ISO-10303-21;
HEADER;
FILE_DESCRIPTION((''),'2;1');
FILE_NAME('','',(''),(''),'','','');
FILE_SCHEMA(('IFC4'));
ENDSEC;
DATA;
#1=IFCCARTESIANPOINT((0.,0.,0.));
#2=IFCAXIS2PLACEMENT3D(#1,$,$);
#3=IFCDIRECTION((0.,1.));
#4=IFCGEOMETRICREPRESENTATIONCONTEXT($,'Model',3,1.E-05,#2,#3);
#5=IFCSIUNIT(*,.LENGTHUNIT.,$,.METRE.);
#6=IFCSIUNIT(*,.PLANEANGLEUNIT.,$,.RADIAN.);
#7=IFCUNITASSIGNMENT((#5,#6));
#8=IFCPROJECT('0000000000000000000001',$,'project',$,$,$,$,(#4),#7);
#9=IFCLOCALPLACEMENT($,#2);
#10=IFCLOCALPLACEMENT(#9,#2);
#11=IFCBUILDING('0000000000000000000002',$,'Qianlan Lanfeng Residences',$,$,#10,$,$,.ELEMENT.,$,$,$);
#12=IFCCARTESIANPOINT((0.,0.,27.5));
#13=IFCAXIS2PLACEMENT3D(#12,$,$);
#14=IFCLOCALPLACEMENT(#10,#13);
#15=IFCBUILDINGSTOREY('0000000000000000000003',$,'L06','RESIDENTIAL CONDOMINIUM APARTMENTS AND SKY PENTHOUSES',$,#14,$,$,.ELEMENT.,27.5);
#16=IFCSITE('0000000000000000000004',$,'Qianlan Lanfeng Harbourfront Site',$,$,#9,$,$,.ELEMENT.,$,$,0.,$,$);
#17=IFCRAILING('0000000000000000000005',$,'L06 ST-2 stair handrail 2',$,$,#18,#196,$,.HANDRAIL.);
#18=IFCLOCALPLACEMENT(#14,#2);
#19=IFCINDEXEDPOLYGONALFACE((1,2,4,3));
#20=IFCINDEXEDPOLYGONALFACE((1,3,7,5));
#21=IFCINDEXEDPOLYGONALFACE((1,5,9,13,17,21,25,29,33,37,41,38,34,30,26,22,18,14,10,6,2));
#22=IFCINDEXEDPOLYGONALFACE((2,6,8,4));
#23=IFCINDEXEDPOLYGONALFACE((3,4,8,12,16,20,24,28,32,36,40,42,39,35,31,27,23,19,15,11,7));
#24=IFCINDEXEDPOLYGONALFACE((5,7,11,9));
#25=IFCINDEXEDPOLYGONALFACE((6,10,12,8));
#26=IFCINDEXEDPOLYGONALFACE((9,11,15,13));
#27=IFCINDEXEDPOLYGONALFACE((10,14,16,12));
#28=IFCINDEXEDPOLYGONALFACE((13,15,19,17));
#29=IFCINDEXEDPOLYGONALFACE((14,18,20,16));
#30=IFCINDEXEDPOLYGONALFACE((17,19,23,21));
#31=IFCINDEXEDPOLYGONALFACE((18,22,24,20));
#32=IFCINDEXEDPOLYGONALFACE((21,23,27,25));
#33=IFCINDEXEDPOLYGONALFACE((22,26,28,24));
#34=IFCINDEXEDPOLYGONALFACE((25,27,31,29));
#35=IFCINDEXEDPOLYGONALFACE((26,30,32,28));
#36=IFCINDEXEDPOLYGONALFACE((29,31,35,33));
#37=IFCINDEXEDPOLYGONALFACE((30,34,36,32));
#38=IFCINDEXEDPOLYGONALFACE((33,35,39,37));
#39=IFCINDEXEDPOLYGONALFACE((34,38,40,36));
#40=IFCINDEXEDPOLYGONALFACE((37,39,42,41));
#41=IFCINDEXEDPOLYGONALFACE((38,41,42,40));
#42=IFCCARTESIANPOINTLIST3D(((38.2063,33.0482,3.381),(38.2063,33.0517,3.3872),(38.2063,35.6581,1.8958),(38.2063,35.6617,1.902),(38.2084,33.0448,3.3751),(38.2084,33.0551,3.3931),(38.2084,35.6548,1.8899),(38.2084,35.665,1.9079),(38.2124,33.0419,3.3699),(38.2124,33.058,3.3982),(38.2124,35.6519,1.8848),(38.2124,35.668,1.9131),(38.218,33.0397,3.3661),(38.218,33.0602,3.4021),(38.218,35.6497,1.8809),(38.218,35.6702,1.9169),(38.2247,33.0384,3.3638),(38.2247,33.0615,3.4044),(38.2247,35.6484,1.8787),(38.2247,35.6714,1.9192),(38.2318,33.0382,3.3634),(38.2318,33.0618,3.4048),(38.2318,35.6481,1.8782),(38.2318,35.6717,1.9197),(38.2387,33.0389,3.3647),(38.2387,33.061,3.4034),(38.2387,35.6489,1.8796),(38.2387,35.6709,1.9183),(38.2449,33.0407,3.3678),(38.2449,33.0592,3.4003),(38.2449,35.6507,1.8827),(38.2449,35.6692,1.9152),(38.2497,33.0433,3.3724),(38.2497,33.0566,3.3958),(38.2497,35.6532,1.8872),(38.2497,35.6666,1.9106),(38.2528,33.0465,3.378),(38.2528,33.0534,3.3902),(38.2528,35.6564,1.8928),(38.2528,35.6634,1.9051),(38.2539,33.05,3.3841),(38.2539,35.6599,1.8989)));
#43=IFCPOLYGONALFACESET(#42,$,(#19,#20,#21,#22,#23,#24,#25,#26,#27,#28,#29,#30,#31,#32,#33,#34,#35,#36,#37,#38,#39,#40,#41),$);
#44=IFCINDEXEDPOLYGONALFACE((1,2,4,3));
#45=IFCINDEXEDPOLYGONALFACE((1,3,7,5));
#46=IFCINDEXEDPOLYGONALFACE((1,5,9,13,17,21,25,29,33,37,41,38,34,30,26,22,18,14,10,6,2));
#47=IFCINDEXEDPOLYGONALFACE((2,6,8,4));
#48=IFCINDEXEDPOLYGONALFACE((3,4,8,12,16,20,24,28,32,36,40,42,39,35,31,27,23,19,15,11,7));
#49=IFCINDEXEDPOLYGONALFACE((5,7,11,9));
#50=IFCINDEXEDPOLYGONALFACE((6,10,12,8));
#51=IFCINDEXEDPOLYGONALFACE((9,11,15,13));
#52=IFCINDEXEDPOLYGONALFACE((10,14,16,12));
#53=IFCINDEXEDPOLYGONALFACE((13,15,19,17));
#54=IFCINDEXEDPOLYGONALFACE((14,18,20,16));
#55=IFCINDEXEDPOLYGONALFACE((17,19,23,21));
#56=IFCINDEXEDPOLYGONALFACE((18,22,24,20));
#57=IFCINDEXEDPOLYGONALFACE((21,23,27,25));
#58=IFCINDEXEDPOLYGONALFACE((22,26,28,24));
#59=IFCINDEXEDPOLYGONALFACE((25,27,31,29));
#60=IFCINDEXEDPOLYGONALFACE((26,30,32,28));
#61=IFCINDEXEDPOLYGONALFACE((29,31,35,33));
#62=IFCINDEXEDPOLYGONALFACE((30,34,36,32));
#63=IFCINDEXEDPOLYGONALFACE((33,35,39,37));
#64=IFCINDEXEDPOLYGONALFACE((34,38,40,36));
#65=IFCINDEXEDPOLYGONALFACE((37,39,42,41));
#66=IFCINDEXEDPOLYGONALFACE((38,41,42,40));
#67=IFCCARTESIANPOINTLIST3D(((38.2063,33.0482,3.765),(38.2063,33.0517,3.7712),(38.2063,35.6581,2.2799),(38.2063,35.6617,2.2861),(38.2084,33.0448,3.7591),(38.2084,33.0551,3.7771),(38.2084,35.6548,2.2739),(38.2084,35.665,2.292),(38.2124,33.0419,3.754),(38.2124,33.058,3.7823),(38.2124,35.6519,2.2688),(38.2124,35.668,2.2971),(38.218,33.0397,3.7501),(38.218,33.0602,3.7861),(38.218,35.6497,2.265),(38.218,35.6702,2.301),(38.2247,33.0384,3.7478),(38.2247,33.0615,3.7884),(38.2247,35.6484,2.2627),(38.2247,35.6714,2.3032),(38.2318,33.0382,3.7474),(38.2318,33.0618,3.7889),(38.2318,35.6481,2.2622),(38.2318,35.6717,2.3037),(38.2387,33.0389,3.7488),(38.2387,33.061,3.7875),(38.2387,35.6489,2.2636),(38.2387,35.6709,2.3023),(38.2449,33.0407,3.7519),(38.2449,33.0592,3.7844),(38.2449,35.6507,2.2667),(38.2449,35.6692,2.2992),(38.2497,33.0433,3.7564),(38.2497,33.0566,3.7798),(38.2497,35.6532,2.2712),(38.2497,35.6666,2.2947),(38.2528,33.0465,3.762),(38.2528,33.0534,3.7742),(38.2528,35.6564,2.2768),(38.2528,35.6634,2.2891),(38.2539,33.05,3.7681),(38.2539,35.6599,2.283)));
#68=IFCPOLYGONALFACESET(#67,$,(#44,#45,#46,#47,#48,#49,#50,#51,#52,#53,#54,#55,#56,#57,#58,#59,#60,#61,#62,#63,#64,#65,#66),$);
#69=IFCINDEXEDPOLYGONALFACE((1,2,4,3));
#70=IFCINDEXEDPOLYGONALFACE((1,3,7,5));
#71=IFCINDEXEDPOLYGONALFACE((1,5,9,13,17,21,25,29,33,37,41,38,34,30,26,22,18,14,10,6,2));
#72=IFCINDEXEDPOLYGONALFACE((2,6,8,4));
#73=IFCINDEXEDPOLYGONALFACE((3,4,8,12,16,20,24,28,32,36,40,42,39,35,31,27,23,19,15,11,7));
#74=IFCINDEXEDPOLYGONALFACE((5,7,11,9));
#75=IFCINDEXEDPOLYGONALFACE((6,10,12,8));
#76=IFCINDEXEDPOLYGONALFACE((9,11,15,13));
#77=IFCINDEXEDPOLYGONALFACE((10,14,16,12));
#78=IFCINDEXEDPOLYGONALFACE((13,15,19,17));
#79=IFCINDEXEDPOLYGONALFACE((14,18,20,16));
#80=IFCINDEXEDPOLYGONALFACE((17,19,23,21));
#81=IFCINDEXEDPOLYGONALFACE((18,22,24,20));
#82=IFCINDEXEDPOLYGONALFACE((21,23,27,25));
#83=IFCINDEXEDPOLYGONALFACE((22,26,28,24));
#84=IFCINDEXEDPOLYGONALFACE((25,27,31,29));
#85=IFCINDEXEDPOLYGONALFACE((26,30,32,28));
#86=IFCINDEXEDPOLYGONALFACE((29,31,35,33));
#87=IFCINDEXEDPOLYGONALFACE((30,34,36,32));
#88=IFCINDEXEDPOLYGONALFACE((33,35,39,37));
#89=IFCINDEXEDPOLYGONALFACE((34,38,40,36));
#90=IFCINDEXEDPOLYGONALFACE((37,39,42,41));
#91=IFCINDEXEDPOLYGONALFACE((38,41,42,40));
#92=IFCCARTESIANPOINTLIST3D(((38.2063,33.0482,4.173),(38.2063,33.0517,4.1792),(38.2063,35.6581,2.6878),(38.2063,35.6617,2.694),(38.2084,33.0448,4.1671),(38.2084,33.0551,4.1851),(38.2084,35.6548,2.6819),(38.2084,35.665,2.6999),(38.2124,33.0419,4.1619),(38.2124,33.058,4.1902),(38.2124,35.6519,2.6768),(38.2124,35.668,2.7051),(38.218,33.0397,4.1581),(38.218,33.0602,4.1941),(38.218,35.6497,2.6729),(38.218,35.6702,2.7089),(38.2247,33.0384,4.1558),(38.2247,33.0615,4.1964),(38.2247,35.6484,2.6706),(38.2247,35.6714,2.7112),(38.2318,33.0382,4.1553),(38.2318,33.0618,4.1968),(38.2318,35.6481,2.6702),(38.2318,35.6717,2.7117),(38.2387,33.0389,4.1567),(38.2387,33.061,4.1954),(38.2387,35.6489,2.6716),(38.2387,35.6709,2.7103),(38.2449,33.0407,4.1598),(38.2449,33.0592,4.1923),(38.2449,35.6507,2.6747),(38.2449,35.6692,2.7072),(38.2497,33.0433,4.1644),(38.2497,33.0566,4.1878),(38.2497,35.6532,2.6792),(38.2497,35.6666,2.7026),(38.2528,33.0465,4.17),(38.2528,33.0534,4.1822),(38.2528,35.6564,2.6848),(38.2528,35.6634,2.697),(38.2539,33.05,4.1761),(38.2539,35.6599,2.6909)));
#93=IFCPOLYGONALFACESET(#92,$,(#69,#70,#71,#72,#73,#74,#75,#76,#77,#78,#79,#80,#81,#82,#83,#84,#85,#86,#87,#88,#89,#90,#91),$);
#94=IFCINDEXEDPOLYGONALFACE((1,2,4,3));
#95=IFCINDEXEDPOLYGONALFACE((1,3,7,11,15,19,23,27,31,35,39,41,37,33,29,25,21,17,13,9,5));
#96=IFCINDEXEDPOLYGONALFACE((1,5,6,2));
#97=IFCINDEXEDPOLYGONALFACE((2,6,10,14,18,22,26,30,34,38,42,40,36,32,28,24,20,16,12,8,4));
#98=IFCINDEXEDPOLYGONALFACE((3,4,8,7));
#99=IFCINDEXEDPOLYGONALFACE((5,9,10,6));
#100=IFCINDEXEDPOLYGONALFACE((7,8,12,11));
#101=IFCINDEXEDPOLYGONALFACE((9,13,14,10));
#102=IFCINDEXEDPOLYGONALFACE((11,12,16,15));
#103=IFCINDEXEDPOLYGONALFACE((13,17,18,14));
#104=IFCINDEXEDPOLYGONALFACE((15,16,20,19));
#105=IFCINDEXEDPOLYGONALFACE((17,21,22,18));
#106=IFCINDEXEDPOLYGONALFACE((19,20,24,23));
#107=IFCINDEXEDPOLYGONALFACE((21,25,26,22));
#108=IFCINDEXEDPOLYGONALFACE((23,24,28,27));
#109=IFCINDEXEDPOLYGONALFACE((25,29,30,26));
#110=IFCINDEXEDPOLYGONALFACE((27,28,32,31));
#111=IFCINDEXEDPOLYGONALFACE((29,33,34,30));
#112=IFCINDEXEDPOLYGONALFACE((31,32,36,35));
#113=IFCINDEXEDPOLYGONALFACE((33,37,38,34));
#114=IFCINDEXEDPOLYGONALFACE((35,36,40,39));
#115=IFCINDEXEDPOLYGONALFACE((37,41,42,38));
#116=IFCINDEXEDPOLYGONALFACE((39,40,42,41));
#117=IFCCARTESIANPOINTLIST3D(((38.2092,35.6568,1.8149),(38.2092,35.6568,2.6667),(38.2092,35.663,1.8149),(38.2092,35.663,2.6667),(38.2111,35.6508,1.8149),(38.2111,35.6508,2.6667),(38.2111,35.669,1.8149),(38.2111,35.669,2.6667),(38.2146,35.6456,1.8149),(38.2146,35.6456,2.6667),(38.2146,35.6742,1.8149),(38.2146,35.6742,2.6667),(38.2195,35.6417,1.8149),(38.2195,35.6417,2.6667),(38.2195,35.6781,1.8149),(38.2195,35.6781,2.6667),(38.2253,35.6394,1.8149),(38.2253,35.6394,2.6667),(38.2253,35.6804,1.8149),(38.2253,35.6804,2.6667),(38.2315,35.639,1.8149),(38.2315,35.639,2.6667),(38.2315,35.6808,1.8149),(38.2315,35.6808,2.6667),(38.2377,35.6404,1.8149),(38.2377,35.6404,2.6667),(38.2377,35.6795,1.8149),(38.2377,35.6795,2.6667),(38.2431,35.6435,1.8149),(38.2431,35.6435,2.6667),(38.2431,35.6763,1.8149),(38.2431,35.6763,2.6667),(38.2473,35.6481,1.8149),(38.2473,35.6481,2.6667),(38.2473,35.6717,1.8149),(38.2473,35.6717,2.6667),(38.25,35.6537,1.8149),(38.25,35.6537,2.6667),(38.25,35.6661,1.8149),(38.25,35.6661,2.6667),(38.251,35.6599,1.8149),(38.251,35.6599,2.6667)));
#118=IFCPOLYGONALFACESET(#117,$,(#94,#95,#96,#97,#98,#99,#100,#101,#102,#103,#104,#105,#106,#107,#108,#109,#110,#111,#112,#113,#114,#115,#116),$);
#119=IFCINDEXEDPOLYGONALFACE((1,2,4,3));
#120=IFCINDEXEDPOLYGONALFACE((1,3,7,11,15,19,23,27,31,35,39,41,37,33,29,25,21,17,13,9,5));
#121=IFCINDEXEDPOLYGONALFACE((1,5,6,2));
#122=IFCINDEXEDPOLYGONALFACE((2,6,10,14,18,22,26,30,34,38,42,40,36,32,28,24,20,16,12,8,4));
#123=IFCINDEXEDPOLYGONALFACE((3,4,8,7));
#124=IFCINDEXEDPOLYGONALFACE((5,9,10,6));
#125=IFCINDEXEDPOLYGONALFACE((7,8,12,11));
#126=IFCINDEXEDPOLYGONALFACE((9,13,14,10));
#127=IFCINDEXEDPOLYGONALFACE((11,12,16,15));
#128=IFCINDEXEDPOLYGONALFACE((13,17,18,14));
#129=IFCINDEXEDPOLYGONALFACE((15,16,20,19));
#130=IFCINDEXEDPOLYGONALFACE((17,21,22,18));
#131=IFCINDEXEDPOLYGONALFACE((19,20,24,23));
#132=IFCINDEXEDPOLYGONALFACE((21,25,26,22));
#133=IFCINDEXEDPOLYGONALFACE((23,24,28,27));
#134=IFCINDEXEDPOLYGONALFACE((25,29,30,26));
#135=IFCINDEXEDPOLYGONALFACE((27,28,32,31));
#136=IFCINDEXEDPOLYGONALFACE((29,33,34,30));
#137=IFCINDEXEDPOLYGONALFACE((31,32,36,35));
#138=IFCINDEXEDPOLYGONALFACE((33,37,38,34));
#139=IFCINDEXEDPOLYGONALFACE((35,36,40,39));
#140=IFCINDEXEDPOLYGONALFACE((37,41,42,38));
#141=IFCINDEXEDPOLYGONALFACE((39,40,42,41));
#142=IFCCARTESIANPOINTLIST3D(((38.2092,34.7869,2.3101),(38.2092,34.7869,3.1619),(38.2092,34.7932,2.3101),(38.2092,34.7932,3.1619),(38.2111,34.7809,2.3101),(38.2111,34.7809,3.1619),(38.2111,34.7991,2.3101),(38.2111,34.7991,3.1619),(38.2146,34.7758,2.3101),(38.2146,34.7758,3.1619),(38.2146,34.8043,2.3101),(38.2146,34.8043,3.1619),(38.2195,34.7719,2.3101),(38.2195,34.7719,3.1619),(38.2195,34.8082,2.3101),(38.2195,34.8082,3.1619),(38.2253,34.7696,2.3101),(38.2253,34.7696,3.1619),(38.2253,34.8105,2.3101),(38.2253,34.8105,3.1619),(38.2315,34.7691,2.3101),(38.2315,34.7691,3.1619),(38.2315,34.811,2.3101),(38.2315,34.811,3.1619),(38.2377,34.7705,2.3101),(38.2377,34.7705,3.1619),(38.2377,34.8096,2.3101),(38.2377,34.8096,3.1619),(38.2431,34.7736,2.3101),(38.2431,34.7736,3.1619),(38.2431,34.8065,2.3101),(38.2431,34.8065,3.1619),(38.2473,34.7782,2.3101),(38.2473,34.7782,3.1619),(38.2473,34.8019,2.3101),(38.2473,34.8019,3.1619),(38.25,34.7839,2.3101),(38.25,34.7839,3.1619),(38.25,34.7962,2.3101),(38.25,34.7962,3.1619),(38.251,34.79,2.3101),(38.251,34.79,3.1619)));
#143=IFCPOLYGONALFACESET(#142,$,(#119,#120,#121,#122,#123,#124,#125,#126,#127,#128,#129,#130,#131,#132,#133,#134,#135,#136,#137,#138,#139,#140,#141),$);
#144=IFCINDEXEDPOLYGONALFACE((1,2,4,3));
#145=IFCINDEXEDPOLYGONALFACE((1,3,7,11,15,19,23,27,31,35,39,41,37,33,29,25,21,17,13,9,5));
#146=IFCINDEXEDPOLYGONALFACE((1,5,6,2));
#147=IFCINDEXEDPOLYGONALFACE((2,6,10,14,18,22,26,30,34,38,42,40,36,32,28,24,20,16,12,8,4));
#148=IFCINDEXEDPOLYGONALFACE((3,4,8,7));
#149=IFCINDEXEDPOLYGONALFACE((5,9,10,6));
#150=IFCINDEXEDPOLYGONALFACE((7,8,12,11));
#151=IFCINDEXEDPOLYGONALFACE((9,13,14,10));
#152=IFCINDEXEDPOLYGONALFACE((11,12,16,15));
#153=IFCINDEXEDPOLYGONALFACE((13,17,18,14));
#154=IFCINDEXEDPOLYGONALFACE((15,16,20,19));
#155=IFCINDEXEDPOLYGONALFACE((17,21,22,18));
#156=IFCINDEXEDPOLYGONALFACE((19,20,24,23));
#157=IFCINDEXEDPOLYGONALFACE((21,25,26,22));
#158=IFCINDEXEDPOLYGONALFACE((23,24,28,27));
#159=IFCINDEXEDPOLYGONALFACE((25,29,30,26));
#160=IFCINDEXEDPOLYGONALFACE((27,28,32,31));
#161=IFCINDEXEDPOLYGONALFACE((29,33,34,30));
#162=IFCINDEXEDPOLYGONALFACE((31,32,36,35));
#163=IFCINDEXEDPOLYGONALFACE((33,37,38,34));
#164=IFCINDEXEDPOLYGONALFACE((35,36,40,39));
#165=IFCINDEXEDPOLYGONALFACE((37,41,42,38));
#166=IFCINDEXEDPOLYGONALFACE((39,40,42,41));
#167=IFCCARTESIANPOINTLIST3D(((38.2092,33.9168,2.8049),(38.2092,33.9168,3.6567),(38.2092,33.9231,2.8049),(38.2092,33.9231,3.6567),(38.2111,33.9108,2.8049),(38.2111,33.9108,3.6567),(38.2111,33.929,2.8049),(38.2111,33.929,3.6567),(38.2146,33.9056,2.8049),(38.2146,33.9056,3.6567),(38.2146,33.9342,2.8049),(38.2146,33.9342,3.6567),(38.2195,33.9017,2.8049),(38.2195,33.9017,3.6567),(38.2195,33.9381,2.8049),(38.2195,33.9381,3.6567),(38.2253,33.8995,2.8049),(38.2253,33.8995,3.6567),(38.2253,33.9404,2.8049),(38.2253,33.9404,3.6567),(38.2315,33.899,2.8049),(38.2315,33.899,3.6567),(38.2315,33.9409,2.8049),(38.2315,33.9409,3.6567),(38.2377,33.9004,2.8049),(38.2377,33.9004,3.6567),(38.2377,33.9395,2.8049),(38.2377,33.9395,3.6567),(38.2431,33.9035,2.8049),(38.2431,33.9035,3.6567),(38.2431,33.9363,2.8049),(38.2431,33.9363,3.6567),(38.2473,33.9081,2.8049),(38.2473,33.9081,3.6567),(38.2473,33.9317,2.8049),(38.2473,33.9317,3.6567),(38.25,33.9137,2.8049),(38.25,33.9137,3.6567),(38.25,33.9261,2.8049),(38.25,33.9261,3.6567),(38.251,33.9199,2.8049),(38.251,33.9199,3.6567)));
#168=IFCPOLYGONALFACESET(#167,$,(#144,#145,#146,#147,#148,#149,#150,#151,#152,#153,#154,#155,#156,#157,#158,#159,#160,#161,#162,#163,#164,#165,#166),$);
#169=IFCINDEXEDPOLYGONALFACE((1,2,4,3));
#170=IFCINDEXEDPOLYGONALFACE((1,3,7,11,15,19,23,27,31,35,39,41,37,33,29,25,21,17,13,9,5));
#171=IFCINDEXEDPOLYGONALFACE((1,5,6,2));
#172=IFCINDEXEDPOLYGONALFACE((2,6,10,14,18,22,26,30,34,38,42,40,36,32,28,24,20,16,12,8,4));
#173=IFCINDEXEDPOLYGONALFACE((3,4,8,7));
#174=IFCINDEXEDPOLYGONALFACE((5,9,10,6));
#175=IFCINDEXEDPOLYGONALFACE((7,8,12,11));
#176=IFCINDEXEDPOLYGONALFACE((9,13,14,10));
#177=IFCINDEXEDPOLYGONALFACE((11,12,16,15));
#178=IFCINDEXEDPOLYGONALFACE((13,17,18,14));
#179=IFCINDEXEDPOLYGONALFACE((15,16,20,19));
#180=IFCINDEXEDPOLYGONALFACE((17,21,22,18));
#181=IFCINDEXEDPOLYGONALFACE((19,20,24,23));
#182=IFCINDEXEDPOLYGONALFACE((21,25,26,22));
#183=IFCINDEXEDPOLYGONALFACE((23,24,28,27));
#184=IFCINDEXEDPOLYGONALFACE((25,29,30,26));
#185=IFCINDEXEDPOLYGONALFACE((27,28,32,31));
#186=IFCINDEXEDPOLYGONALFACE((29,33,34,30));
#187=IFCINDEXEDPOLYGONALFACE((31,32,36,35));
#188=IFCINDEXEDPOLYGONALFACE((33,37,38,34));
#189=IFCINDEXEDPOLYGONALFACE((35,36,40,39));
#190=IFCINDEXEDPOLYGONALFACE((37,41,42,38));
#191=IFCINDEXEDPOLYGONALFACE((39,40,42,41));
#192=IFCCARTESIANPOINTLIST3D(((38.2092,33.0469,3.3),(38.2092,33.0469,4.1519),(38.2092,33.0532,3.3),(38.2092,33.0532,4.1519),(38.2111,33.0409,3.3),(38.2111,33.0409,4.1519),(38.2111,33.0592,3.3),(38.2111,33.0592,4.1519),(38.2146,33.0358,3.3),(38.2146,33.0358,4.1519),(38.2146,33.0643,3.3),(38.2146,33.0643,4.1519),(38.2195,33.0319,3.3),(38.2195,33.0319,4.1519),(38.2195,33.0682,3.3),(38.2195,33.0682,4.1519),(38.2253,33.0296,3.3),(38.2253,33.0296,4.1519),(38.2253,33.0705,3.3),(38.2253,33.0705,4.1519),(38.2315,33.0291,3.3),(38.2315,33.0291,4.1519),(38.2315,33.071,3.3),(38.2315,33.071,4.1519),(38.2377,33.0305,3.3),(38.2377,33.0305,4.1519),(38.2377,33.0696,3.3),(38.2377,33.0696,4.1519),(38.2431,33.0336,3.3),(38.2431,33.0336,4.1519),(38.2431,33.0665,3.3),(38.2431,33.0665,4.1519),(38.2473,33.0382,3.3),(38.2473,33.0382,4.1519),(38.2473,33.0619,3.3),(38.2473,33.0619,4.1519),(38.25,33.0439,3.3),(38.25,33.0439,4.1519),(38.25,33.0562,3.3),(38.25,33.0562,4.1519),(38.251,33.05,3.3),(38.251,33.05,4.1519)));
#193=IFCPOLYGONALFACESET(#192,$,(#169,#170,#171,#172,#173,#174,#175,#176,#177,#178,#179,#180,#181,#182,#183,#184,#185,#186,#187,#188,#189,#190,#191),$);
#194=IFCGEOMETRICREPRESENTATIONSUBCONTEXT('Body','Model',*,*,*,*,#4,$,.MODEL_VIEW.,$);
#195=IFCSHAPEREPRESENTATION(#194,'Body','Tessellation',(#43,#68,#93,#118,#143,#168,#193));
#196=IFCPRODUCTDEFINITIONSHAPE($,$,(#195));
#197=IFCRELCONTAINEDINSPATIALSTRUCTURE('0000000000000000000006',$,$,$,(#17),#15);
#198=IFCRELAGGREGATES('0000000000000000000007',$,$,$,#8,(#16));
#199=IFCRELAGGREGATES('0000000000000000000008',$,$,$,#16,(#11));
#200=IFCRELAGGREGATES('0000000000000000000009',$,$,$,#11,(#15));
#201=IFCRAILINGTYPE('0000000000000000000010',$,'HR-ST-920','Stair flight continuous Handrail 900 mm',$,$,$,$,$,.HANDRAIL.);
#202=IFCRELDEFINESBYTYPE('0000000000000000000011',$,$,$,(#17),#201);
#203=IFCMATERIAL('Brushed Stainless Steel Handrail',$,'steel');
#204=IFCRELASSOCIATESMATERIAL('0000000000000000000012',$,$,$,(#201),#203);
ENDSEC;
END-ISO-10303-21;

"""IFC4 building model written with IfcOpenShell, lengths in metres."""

from ifc_helpers import new_model, si_unit, direction, frame, origin, origin_2d, place, context, subcontext, project, spatial, circle, extrude, material, type_object, element, save


model = new_model("IFC4")

# Units and contexts
model_context = context("Model", 3, precision=1e-05, world=origin(), true_north=direction((0.0, 1.0)))
body_context = subcontext(model_context, "Body", "Model", "MODEL_VIEW")
ifc_project = project(units=[si_unit("LENGTHUNIT", "METRE"), si_unit("PLANEANGLEUNIT", "RADIAN")], contexts=[model_context])

# Site, building, storey
site_placement = place(None, origin())
site = spatial("IfcSite", under=ifc_project, at=site_placement, Name="Qianlan Lanfeng Harbourfront Site", CompositionType="ELEMENT", RefElevation=0.0)
building_placement = place(site_placement, origin())
building = spatial("IfcBuilding", under=site, at=building_placement, Name="Qianlan Lanfeng Residences", CompositionType="ELEMENT")
storey_placement = place(building_placement, frame((0.0, 0.0, 27.5)))
storey = spatial("IfcBuildingStorey", under=building, at=storey_placement, Name="L06", Description="RESIDENTIAL CONDOMINIUM APARTMENTS AND SKY PENTHOUSES", CompositionType="ELEMENT", Elevation=27.5)

# Railing
ifc_material_1 = material(Name="Brushed Stainless Steel Handrail", Category="steel")
railing_type = type_object("IfcRailingType", Name="HR-ST-920", Description="Stair flight continuous Handrail 900 mm", PredefinedType="HANDRAIL", material=ifc_material_1)
railing_placement = place(storey_placement, frame((38.23, 35.6599, 1.8149)))
element("IfcRailing", 1, at=railing_placement, inside=storey, type_object=railing_type, Name="L06 ST-2 stair handrail 2", PredefinedType="HANDRAIL", context=body_context, shape_type="SweptSolid", body=[
    extrude(circle(Radius=0.0239, at=origin_2d()), frame((0.0, 0.0, 0.084), z_axis=(0.0, -0.869137, 0.494571), x_axis=(1.0, 0.0, 0.0)), (0.0, 0.0, 1.0), 3.0029),
    extrude(circle(Radius=0.0239, at=origin_2d()), frame((0.0, 0.0, 0.468), z_axis=(0.0, -0.869137, 0.494571), x_axis=(1.0, 0.0, 0.0)), (0.0, 0.0, 1.0), 3.0029),
    extrude(circle(Radius=0.0239, at=origin_2d()), frame((0.0, 0.0, 0.876), z_axis=(0.0, -0.869137, 0.494571), x_axis=(1.0, 0.0, 0.0)), (0.0, 0.0, 1.0), 3.0029),
    extrude(circle(Radius=0.021, at=origin_2d()), origin(), (0.0, 0.0, 1.0), 0.8518),
    extrude(circle(Radius=0.021, at=origin_2d()), frame((0.0, -0.8699, 0.4951)), (0.0, 0.0, 1.0), 0.8518),
    extrude(circle(Radius=0.021, at=origin_2d()), frame((0.0, -1.74, 0.99)), (0.0, 0.0, 1.0), 0.8518),
    extrude(circle(Radius=0.021, at=origin_2d()), frame((0.0, -2.6099, 1.4851)), (0.0, 0.0, 1.0), 0.8518),
])

save(model, "model.ifc")
